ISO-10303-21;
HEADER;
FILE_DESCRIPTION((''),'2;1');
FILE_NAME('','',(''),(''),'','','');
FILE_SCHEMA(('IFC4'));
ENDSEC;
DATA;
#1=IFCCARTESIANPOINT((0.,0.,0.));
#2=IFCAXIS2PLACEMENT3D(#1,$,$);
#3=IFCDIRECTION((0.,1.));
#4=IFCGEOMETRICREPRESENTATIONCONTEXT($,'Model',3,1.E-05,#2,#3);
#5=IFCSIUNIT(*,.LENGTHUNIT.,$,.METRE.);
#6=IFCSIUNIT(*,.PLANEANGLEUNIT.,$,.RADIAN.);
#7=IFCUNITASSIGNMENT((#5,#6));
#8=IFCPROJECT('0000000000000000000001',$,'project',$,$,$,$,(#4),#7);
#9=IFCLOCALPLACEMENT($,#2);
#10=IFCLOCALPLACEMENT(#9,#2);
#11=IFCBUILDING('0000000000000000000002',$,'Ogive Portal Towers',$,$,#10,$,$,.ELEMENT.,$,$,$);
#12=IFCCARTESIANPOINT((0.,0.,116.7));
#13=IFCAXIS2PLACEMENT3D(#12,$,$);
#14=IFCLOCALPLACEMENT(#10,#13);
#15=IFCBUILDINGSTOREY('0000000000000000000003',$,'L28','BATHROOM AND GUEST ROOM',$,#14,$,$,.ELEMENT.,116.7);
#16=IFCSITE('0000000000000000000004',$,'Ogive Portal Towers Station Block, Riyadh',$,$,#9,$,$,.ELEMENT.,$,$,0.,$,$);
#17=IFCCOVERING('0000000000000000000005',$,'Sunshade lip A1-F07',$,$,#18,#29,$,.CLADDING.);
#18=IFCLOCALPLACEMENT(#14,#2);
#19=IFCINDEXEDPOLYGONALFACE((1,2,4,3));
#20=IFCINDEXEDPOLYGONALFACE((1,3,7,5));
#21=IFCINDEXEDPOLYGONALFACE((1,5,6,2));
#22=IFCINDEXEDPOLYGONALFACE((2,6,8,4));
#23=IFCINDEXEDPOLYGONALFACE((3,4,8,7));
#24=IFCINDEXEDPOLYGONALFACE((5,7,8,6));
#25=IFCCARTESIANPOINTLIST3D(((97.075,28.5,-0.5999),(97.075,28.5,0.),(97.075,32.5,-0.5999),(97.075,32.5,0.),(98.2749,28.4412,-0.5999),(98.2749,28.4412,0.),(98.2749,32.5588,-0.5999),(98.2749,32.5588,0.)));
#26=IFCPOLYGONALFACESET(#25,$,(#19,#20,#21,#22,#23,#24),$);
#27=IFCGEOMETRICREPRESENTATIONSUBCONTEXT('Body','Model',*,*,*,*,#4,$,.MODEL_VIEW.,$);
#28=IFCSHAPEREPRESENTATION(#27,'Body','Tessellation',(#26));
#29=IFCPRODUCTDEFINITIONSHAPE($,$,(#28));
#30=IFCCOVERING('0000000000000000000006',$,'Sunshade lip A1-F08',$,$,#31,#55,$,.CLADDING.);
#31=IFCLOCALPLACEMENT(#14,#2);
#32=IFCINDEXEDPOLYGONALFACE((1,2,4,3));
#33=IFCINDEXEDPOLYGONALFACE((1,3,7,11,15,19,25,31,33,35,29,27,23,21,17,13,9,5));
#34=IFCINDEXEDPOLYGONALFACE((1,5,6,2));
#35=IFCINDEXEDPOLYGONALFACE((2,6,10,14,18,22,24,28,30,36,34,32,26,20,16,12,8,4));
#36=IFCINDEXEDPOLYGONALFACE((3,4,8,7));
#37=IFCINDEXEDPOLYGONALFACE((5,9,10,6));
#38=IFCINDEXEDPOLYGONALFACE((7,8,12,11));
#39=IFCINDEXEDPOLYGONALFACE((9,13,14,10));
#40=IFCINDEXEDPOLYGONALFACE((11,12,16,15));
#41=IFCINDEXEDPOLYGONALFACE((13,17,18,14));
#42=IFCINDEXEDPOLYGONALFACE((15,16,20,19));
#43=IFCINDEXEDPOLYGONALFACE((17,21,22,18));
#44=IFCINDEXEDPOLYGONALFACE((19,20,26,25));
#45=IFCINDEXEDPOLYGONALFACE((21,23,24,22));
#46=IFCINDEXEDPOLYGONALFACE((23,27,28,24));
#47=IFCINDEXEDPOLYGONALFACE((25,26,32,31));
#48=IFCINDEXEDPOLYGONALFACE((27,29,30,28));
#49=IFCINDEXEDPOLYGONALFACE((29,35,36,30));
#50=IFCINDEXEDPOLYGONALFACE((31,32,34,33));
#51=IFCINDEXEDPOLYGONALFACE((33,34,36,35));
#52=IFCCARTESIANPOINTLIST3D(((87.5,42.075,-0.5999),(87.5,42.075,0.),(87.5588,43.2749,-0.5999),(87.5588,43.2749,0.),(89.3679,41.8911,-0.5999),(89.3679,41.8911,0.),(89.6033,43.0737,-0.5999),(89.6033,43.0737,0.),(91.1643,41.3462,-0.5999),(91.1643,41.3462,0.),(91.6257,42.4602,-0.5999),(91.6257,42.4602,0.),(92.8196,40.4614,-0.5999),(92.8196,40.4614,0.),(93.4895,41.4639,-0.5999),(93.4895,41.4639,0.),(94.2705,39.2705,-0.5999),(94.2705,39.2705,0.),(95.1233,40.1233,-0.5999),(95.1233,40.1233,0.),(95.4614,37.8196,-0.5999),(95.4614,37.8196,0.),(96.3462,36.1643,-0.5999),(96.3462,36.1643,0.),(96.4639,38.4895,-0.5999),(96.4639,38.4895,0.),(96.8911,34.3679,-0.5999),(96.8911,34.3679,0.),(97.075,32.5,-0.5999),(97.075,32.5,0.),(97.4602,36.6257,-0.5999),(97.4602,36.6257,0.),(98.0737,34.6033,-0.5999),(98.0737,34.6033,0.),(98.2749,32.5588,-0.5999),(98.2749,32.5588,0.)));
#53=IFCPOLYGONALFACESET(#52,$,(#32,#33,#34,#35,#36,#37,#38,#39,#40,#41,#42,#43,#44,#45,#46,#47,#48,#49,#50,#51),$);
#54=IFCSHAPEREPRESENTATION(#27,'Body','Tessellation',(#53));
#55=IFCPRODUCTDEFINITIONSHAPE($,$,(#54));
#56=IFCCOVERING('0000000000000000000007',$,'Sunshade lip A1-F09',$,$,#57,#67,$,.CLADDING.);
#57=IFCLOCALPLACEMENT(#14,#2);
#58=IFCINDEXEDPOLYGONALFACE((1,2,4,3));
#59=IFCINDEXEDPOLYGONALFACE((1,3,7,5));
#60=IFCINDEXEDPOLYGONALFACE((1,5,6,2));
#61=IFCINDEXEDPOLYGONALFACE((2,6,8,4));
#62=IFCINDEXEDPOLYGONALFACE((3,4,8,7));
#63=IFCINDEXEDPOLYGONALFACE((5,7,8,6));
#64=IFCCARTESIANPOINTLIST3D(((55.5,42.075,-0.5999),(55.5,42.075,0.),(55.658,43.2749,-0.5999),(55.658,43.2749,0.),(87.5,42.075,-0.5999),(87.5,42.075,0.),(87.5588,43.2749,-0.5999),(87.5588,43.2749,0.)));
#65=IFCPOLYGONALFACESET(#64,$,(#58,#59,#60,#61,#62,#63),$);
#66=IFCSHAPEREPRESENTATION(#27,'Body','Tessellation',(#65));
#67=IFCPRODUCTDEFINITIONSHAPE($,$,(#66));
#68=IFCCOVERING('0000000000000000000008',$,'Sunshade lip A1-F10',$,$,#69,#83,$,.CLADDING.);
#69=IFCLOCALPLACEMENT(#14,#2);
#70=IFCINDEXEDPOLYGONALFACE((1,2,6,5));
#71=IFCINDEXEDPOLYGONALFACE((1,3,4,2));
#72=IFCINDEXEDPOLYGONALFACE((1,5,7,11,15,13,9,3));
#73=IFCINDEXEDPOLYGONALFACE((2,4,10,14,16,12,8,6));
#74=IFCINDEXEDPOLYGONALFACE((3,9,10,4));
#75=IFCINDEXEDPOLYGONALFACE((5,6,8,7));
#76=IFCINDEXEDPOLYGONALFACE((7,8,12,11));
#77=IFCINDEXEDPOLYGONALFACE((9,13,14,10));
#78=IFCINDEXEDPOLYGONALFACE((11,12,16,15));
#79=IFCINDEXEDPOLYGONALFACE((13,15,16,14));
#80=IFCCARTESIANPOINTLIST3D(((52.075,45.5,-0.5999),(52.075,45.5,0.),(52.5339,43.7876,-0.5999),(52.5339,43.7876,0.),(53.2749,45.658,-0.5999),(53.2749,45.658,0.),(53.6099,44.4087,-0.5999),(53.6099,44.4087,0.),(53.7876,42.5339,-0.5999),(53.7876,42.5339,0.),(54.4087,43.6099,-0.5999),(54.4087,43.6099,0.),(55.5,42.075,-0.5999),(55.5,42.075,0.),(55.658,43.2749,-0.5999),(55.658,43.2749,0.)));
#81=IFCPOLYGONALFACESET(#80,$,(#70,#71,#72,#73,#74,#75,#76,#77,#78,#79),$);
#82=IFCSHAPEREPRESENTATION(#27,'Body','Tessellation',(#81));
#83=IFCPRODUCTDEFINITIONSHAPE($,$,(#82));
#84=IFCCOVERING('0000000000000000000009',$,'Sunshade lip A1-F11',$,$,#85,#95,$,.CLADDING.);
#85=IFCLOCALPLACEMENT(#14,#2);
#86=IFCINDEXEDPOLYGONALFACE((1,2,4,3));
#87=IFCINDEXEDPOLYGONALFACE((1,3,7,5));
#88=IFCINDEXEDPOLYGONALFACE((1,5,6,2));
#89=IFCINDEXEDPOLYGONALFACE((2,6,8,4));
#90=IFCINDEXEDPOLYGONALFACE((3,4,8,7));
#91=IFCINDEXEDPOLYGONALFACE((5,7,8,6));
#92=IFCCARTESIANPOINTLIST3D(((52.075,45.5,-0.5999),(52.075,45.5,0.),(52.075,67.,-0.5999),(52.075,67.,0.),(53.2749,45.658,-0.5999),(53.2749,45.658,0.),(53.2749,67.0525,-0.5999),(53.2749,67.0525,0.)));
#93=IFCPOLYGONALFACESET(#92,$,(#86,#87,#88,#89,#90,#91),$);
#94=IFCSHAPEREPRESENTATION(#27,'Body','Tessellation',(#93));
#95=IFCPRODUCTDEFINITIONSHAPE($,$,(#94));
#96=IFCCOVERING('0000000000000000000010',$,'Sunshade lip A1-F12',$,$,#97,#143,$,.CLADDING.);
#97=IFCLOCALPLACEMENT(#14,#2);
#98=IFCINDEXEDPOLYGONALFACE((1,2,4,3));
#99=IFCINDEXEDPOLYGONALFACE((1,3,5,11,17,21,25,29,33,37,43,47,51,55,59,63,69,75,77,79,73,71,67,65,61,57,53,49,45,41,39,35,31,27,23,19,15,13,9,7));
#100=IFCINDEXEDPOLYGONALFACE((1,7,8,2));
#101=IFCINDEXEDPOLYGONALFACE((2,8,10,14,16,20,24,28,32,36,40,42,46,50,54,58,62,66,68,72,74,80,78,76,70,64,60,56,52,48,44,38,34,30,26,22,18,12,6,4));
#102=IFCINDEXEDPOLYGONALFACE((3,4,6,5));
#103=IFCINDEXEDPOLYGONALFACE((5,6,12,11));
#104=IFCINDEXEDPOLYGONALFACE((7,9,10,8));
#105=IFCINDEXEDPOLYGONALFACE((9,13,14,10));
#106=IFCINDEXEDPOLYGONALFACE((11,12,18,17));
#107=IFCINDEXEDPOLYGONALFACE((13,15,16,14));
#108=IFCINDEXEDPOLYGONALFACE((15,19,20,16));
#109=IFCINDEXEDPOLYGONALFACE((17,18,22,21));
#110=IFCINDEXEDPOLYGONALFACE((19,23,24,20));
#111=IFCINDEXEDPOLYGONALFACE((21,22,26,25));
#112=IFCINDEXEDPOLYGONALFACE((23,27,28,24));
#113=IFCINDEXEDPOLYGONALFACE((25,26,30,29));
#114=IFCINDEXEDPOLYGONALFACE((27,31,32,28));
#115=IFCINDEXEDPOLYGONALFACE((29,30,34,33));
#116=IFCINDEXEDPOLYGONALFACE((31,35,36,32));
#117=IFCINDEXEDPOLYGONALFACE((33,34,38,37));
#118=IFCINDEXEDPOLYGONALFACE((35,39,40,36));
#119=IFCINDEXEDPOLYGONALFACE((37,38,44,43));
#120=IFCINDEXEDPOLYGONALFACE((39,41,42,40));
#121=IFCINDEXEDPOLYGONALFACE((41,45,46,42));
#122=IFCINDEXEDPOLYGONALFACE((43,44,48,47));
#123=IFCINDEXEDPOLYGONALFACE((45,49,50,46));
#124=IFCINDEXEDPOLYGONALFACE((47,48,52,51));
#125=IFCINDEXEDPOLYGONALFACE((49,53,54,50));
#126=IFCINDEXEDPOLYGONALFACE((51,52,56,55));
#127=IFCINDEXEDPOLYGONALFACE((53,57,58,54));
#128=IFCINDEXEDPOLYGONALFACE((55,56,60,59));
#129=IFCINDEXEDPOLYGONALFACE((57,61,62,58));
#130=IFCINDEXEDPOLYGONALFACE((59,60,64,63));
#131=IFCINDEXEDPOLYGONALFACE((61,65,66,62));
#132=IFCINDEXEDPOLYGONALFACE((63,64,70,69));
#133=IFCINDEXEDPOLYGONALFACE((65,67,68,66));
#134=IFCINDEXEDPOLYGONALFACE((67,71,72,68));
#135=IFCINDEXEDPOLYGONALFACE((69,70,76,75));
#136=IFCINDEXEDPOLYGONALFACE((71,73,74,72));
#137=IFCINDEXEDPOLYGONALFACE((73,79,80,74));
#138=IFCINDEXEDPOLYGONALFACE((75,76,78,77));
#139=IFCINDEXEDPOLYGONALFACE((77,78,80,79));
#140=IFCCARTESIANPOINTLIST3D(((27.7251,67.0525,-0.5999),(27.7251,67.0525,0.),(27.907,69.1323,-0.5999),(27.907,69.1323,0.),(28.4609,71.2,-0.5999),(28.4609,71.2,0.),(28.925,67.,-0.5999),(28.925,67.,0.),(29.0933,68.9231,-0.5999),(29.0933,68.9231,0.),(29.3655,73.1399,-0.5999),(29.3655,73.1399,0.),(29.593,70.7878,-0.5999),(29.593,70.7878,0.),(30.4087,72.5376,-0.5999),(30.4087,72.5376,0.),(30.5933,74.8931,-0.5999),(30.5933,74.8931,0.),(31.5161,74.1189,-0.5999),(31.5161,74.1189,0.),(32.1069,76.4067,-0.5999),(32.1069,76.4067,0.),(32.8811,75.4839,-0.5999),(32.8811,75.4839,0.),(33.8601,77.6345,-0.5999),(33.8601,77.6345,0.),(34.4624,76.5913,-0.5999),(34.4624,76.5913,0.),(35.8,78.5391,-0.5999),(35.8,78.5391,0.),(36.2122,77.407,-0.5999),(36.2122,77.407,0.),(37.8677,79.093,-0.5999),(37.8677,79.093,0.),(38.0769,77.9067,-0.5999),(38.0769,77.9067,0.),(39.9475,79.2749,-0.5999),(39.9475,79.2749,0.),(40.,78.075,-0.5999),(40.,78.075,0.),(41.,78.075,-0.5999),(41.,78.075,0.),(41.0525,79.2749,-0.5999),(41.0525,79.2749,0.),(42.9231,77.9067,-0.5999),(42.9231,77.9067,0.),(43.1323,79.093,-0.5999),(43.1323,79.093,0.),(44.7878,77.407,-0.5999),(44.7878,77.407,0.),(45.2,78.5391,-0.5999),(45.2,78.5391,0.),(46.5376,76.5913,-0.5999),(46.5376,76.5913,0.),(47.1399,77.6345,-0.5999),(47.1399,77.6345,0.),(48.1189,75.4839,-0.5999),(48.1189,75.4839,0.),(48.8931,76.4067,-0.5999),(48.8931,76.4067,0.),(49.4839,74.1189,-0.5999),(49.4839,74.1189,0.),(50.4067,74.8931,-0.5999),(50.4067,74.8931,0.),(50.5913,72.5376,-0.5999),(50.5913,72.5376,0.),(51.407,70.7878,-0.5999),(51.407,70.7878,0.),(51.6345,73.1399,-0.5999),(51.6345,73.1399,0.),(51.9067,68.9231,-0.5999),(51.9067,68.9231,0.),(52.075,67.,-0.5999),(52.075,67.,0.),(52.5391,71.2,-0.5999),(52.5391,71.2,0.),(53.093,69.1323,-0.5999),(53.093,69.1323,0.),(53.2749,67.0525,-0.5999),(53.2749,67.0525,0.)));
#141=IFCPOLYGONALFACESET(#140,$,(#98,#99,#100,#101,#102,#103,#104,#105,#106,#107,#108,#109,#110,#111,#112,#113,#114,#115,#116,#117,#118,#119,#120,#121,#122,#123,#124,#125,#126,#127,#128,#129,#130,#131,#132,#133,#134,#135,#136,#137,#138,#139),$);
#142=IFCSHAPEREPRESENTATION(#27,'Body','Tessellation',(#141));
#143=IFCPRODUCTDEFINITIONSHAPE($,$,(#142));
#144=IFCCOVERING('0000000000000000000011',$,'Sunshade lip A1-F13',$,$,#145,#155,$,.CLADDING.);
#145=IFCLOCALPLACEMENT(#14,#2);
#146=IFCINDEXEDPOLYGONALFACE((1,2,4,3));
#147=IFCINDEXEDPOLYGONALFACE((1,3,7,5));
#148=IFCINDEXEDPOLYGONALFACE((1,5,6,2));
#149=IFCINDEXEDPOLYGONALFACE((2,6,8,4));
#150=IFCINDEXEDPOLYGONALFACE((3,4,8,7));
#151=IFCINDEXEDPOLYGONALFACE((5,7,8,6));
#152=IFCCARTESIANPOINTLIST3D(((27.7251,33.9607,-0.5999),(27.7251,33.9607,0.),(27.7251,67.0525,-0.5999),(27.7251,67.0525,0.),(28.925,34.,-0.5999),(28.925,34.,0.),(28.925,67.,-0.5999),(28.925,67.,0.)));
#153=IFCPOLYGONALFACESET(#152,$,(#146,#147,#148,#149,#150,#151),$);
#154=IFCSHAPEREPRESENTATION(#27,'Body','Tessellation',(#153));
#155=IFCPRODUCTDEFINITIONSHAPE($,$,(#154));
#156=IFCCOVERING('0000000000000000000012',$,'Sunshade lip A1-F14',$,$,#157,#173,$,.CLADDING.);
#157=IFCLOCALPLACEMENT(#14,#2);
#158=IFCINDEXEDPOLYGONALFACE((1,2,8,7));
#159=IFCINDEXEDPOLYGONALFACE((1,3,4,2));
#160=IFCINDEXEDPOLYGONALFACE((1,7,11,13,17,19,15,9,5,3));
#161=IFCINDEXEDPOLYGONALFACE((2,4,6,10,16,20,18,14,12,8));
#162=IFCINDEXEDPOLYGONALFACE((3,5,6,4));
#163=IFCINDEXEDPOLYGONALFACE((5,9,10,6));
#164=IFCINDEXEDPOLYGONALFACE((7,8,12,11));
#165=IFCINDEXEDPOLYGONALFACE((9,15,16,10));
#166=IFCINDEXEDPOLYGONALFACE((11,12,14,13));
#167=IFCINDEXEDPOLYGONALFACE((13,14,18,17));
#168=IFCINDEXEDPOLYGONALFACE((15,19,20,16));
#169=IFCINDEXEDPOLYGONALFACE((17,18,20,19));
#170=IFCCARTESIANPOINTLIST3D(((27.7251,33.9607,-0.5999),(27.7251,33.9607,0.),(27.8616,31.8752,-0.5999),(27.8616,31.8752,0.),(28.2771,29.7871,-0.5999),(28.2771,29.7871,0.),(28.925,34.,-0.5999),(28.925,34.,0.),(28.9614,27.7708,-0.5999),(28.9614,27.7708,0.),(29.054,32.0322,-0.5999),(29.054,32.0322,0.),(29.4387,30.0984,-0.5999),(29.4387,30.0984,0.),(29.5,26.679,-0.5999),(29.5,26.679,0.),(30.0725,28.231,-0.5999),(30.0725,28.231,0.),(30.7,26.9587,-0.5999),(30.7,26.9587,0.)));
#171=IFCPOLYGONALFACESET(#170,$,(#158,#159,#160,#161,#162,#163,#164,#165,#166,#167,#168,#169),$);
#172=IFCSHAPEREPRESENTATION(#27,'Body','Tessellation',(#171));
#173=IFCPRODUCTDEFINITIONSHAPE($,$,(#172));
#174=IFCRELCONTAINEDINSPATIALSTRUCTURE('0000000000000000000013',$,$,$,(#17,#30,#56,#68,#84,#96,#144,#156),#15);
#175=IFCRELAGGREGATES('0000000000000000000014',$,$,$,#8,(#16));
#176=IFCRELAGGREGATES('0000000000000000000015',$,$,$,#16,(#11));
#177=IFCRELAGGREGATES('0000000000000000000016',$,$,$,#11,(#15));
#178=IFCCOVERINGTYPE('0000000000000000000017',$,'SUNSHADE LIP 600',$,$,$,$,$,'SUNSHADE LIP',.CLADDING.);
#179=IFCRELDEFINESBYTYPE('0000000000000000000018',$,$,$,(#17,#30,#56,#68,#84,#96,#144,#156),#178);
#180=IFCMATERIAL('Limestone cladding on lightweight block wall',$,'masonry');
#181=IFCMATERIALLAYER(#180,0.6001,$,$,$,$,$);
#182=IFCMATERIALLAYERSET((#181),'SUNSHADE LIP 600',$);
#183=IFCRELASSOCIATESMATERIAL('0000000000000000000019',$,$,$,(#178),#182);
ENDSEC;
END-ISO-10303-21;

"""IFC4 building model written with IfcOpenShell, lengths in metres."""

from ifc_helpers import new_model, si_unit, direction, frame, origin, place, context, subcontext, project, spatial, polyline, outline, extrude, material, layer, layer_set, type_object, element, save


model = new_model("IFC4")

# Units and contexts
model_context = context("Model", 3, precision=1e-05, world=origin(), true_north=direction((0.0, 1.0)))
body_context = subcontext(model_context, "Body", "Model", "MODEL_VIEW")
ifc_project = project(units=[si_unit("LENGTHUNIT", "METRE"), si_unit("PLANEANGLEUNIT", "RADIAN")], contexts=[model_context])

# Site, building, storey
site_placement = place(None, origin())
site = spatial("IfcSite", under=ifc_project, at=site_placement, Name="Ogive Portal Towers Station Block, Riyadh", CompositionType="ELEMENT", RefElevation=0.0)
building_placement = place(site_placement, origin())
building = spatial("IfcBuilding", under=site, at=building_placement, Name="Ogive Portal Towers", CompositionType="ELEMENT")
storey_placement = place(building_placement, frame((0.0, 0.0, 116.7)))
storey = spatial("IfcBuildingStorey", under=building, at=storey_placement, Name="L28", Description="BATHROOM AND GUEST ROOM", CompositionType="ELEMENT", Elevation=116.7)

# Shared definitions
ifc_material_1 = material(Name="Limestone cladding on lightweight block wall", Category="masonry")

# Coverings
ifc_layer_1 = layer(ifc_material_1, 0.6001)
ifc_layer_set_1 = layer_set([ifc_layer_1], Name="SUNSHADE LIP 600")
covering_type_1 = type_object("IfcCoveringType", Name="SUNSHADE LIP 600", ElementType="SUNSHADE LIP", PredefinedType="CLADDING", material=ifc_layer_set_1)
covering_1_placement = place(storey_placement, frame((0.0, 0.0, -0.5999)))
element("IfcCovering", 1, at=covering_1_placement, inside=storey, type_object=covering_type_1, Name="Sunshade lip A1-F07", PredefinedType="CLADDING", context=body_context, shape_type="SweptSolid", body=[
    extrude(outline(polyline([(97.075, 28.5), (97.075, 32.5), (98.2749, 32.5588), (98.2749, 28.4412), (97.075, 28.5)])), origin(), (0.0, 0.0, 1.0), 0.5999),
])
covering_2_placement = place(storey_placement, frame((0.0, 0.0, -0.5999)))
element("IfcCovering", 2, at=covering_2_placement, inside=storey, type_object=covering_type_1, Name="Sunshade lip A1-F08", PredefinedType="CLADDING", context=body_context, shape_type="SweptSolid", body=[
    extrude(outline(polyline([(97.075, 32.5), (96.8911, 34.3679), (96.3462, 36.1643), (95.4614, 37.8196), (94.2705, 39.2705), (92.8196, 40.4614), (91.1643, 41.3462), (89.3679, 41.8911), (87.5, 42.075), (87.5588, 43.2749), (89.6033, 43.0737), (91.6257, 42.4602), (93.4895, 41.4639), (95.1233, 40.1233), (96.4639, 38.4895), (97.4602, 36.6257), (98.0737, 34.6033), (98.2749, 32.5588), (97.075, 32.5)])), origin(), (0.0, 0.0, 1.0), 0.5999),
])
covering_3_placement = place(storey_placement, frame((0.0, 0.0, -0.5999)))
element("IfcCovering", 3, at=covering_3_placement, inside=storey, type_object=covering_type_1, Name="Sunshade lip A1-F09", PredefinedType="CLADDING", context=body_context, shape_type="SweptSolid", body=[
    extrude(outline(polyline([(87.5, 42.075), (55.5, 42.075), (55.658, 43.2749), (87.5588, 43.2749), (87.5, 42.075)])), origin(), (0.0, 0.0, 1.0), 0.5999),
])
covering_4_placement = place(storey_placement, frame((0.0, 0.0, -0.5999)))
element("IfcCovering", 4, at=covering_4_placement, inside=storey, type_object=covering_type_1, Name="Sunshade lip A1-F10", PredefinedType="CLADDING", context=body_context, shape_type="SweptSolid", body=[
    extrude(outline(polyline([(55.5, 42.075), (53.7876, 42.5339), (52.5339, 43.7876), (52.075, 45.5), (53.2749, 45.658), (53.6099, 44.4087), (54.4087, 43.6099), (55.658, 43.2749), (55.5, 42.075)])), origin(), (0.0, 0.0, 1.0), 0.5999),
])
covering_5_placement = place(storey_placement, frame((0.0, 0.0, -0.5999)))
element("IfcCovering", 5, at=covering_5_placement, inside=storey, type_object=covering_type_1, Name="Sunshade lip A1-F11", PredefinedType="CLADDING", context=body_context, shape_type="SweptSolid", body=[
    extrude(outline(polyline([(52.075, 45.5), (52.075, 67.0), (53.2749, 67.0525), (53.2749, 45.658), (52.075, 45.5)])), origin(), (0.0, 0.0, 1.0), 0.5999),
])
covering_6_placement = place(storey_placement, frame((0.0, 0.0, -0.5999)))
element("IfcCovering", 6, at=covering_6_placement, inside=storey, type_object=covering_type_1, Name="Sunshade lip A1-F12", PredefinedType="CLADDING", context=body_context, shape_type="SweptSolid", body=[
    extrude(outline(polyline([(52.075, 67.0), (51.9067, 68.9231), (51.407, 70.7878), (50.5913, 72.5376), (49.4839, 74.1189), (48.1189, 75.4839), (46.5376, 76.5913), (44.7878, 77.407), (42.9231, 77.9067), (41.0, 78.075), (40.0, 78.075), (38.0769, 77.9067), (36.2122, 77.407), (34.4624, 76.5913), (32.8811, 75.4839), (31.5161, 74.1189), (30.4087, 72.5376), (29.593, 70.7878), (29.0933, 68.9231), (28.925, 67.0), (27.7251, 67.0525), (27.907, 69.1323), (28.4609, 71.2), (29.3655, 73.1399), (30.5933, 74.8931), (32.1069, 76.4067), (33.8601, 77.6345), (35.8, 78.5391), (37.8677, 79.093), (39.9475, 79.2749), (41.0525, 79.2749), (43.1323, 79.093), (45.2, 78.5391), (47.1399, 77.6345), (48.8931, 76.4067), (50.4067, 74.8931), (51.6345, 73.1399), (52.5391, 71.2), (53.093, 69.1323), (53.2749, 67.0525), (52.075, 67.0)])), origin(), (0.0, 0.0, 1.0), 0.5999),
])
covering_7_placement = place(storey_placement, frame((0.0, 0.0, -0.5999)))
element("IfcCovering", 7, at=covering_7_placement, inside=storey, type_object=covering_type_1, Name="Sunshade lip A1-F13", PredefinedType="CLADDING", context=body_context, shape_type="SweptSolid", body=[
    extrude(outline(polyline([(28.925, 67.0), (28.925, 34.0), (27.7251, 33.9607), (27.7251, 67.0525), (28.925, 67.0)])), origin(), (0.0, 0.0, 1.0), 0.5999),
])
covering_8_placement = place(storey_placement, frame((0.0, 0.0, -0.5999)))
element("IfcCovering", 8, at=covering_8_placement, inside=storey, type_object=covering_type_1, Name="Sunshade lip A1-F14", PredefinedType="CLADDING", context=body_context, shape_type="SweptSolid", body=[
    extrude(outline(polyline([(28.925, 34.0), (29.054, 32.0322), (29.4387, 30.0984), (30.0725, 28.231), (30.7, 26.9587), (29.5, 26.679), (28.9614, 27.7708), (28.2771, 29.7871), (27.8616, 31.8752), (27.7251, 33.9607), (28.925, 34.0)])), origin(), (0.0, 0.0, 1.0), 0.5999),
])

save(model, "model.ifc")
